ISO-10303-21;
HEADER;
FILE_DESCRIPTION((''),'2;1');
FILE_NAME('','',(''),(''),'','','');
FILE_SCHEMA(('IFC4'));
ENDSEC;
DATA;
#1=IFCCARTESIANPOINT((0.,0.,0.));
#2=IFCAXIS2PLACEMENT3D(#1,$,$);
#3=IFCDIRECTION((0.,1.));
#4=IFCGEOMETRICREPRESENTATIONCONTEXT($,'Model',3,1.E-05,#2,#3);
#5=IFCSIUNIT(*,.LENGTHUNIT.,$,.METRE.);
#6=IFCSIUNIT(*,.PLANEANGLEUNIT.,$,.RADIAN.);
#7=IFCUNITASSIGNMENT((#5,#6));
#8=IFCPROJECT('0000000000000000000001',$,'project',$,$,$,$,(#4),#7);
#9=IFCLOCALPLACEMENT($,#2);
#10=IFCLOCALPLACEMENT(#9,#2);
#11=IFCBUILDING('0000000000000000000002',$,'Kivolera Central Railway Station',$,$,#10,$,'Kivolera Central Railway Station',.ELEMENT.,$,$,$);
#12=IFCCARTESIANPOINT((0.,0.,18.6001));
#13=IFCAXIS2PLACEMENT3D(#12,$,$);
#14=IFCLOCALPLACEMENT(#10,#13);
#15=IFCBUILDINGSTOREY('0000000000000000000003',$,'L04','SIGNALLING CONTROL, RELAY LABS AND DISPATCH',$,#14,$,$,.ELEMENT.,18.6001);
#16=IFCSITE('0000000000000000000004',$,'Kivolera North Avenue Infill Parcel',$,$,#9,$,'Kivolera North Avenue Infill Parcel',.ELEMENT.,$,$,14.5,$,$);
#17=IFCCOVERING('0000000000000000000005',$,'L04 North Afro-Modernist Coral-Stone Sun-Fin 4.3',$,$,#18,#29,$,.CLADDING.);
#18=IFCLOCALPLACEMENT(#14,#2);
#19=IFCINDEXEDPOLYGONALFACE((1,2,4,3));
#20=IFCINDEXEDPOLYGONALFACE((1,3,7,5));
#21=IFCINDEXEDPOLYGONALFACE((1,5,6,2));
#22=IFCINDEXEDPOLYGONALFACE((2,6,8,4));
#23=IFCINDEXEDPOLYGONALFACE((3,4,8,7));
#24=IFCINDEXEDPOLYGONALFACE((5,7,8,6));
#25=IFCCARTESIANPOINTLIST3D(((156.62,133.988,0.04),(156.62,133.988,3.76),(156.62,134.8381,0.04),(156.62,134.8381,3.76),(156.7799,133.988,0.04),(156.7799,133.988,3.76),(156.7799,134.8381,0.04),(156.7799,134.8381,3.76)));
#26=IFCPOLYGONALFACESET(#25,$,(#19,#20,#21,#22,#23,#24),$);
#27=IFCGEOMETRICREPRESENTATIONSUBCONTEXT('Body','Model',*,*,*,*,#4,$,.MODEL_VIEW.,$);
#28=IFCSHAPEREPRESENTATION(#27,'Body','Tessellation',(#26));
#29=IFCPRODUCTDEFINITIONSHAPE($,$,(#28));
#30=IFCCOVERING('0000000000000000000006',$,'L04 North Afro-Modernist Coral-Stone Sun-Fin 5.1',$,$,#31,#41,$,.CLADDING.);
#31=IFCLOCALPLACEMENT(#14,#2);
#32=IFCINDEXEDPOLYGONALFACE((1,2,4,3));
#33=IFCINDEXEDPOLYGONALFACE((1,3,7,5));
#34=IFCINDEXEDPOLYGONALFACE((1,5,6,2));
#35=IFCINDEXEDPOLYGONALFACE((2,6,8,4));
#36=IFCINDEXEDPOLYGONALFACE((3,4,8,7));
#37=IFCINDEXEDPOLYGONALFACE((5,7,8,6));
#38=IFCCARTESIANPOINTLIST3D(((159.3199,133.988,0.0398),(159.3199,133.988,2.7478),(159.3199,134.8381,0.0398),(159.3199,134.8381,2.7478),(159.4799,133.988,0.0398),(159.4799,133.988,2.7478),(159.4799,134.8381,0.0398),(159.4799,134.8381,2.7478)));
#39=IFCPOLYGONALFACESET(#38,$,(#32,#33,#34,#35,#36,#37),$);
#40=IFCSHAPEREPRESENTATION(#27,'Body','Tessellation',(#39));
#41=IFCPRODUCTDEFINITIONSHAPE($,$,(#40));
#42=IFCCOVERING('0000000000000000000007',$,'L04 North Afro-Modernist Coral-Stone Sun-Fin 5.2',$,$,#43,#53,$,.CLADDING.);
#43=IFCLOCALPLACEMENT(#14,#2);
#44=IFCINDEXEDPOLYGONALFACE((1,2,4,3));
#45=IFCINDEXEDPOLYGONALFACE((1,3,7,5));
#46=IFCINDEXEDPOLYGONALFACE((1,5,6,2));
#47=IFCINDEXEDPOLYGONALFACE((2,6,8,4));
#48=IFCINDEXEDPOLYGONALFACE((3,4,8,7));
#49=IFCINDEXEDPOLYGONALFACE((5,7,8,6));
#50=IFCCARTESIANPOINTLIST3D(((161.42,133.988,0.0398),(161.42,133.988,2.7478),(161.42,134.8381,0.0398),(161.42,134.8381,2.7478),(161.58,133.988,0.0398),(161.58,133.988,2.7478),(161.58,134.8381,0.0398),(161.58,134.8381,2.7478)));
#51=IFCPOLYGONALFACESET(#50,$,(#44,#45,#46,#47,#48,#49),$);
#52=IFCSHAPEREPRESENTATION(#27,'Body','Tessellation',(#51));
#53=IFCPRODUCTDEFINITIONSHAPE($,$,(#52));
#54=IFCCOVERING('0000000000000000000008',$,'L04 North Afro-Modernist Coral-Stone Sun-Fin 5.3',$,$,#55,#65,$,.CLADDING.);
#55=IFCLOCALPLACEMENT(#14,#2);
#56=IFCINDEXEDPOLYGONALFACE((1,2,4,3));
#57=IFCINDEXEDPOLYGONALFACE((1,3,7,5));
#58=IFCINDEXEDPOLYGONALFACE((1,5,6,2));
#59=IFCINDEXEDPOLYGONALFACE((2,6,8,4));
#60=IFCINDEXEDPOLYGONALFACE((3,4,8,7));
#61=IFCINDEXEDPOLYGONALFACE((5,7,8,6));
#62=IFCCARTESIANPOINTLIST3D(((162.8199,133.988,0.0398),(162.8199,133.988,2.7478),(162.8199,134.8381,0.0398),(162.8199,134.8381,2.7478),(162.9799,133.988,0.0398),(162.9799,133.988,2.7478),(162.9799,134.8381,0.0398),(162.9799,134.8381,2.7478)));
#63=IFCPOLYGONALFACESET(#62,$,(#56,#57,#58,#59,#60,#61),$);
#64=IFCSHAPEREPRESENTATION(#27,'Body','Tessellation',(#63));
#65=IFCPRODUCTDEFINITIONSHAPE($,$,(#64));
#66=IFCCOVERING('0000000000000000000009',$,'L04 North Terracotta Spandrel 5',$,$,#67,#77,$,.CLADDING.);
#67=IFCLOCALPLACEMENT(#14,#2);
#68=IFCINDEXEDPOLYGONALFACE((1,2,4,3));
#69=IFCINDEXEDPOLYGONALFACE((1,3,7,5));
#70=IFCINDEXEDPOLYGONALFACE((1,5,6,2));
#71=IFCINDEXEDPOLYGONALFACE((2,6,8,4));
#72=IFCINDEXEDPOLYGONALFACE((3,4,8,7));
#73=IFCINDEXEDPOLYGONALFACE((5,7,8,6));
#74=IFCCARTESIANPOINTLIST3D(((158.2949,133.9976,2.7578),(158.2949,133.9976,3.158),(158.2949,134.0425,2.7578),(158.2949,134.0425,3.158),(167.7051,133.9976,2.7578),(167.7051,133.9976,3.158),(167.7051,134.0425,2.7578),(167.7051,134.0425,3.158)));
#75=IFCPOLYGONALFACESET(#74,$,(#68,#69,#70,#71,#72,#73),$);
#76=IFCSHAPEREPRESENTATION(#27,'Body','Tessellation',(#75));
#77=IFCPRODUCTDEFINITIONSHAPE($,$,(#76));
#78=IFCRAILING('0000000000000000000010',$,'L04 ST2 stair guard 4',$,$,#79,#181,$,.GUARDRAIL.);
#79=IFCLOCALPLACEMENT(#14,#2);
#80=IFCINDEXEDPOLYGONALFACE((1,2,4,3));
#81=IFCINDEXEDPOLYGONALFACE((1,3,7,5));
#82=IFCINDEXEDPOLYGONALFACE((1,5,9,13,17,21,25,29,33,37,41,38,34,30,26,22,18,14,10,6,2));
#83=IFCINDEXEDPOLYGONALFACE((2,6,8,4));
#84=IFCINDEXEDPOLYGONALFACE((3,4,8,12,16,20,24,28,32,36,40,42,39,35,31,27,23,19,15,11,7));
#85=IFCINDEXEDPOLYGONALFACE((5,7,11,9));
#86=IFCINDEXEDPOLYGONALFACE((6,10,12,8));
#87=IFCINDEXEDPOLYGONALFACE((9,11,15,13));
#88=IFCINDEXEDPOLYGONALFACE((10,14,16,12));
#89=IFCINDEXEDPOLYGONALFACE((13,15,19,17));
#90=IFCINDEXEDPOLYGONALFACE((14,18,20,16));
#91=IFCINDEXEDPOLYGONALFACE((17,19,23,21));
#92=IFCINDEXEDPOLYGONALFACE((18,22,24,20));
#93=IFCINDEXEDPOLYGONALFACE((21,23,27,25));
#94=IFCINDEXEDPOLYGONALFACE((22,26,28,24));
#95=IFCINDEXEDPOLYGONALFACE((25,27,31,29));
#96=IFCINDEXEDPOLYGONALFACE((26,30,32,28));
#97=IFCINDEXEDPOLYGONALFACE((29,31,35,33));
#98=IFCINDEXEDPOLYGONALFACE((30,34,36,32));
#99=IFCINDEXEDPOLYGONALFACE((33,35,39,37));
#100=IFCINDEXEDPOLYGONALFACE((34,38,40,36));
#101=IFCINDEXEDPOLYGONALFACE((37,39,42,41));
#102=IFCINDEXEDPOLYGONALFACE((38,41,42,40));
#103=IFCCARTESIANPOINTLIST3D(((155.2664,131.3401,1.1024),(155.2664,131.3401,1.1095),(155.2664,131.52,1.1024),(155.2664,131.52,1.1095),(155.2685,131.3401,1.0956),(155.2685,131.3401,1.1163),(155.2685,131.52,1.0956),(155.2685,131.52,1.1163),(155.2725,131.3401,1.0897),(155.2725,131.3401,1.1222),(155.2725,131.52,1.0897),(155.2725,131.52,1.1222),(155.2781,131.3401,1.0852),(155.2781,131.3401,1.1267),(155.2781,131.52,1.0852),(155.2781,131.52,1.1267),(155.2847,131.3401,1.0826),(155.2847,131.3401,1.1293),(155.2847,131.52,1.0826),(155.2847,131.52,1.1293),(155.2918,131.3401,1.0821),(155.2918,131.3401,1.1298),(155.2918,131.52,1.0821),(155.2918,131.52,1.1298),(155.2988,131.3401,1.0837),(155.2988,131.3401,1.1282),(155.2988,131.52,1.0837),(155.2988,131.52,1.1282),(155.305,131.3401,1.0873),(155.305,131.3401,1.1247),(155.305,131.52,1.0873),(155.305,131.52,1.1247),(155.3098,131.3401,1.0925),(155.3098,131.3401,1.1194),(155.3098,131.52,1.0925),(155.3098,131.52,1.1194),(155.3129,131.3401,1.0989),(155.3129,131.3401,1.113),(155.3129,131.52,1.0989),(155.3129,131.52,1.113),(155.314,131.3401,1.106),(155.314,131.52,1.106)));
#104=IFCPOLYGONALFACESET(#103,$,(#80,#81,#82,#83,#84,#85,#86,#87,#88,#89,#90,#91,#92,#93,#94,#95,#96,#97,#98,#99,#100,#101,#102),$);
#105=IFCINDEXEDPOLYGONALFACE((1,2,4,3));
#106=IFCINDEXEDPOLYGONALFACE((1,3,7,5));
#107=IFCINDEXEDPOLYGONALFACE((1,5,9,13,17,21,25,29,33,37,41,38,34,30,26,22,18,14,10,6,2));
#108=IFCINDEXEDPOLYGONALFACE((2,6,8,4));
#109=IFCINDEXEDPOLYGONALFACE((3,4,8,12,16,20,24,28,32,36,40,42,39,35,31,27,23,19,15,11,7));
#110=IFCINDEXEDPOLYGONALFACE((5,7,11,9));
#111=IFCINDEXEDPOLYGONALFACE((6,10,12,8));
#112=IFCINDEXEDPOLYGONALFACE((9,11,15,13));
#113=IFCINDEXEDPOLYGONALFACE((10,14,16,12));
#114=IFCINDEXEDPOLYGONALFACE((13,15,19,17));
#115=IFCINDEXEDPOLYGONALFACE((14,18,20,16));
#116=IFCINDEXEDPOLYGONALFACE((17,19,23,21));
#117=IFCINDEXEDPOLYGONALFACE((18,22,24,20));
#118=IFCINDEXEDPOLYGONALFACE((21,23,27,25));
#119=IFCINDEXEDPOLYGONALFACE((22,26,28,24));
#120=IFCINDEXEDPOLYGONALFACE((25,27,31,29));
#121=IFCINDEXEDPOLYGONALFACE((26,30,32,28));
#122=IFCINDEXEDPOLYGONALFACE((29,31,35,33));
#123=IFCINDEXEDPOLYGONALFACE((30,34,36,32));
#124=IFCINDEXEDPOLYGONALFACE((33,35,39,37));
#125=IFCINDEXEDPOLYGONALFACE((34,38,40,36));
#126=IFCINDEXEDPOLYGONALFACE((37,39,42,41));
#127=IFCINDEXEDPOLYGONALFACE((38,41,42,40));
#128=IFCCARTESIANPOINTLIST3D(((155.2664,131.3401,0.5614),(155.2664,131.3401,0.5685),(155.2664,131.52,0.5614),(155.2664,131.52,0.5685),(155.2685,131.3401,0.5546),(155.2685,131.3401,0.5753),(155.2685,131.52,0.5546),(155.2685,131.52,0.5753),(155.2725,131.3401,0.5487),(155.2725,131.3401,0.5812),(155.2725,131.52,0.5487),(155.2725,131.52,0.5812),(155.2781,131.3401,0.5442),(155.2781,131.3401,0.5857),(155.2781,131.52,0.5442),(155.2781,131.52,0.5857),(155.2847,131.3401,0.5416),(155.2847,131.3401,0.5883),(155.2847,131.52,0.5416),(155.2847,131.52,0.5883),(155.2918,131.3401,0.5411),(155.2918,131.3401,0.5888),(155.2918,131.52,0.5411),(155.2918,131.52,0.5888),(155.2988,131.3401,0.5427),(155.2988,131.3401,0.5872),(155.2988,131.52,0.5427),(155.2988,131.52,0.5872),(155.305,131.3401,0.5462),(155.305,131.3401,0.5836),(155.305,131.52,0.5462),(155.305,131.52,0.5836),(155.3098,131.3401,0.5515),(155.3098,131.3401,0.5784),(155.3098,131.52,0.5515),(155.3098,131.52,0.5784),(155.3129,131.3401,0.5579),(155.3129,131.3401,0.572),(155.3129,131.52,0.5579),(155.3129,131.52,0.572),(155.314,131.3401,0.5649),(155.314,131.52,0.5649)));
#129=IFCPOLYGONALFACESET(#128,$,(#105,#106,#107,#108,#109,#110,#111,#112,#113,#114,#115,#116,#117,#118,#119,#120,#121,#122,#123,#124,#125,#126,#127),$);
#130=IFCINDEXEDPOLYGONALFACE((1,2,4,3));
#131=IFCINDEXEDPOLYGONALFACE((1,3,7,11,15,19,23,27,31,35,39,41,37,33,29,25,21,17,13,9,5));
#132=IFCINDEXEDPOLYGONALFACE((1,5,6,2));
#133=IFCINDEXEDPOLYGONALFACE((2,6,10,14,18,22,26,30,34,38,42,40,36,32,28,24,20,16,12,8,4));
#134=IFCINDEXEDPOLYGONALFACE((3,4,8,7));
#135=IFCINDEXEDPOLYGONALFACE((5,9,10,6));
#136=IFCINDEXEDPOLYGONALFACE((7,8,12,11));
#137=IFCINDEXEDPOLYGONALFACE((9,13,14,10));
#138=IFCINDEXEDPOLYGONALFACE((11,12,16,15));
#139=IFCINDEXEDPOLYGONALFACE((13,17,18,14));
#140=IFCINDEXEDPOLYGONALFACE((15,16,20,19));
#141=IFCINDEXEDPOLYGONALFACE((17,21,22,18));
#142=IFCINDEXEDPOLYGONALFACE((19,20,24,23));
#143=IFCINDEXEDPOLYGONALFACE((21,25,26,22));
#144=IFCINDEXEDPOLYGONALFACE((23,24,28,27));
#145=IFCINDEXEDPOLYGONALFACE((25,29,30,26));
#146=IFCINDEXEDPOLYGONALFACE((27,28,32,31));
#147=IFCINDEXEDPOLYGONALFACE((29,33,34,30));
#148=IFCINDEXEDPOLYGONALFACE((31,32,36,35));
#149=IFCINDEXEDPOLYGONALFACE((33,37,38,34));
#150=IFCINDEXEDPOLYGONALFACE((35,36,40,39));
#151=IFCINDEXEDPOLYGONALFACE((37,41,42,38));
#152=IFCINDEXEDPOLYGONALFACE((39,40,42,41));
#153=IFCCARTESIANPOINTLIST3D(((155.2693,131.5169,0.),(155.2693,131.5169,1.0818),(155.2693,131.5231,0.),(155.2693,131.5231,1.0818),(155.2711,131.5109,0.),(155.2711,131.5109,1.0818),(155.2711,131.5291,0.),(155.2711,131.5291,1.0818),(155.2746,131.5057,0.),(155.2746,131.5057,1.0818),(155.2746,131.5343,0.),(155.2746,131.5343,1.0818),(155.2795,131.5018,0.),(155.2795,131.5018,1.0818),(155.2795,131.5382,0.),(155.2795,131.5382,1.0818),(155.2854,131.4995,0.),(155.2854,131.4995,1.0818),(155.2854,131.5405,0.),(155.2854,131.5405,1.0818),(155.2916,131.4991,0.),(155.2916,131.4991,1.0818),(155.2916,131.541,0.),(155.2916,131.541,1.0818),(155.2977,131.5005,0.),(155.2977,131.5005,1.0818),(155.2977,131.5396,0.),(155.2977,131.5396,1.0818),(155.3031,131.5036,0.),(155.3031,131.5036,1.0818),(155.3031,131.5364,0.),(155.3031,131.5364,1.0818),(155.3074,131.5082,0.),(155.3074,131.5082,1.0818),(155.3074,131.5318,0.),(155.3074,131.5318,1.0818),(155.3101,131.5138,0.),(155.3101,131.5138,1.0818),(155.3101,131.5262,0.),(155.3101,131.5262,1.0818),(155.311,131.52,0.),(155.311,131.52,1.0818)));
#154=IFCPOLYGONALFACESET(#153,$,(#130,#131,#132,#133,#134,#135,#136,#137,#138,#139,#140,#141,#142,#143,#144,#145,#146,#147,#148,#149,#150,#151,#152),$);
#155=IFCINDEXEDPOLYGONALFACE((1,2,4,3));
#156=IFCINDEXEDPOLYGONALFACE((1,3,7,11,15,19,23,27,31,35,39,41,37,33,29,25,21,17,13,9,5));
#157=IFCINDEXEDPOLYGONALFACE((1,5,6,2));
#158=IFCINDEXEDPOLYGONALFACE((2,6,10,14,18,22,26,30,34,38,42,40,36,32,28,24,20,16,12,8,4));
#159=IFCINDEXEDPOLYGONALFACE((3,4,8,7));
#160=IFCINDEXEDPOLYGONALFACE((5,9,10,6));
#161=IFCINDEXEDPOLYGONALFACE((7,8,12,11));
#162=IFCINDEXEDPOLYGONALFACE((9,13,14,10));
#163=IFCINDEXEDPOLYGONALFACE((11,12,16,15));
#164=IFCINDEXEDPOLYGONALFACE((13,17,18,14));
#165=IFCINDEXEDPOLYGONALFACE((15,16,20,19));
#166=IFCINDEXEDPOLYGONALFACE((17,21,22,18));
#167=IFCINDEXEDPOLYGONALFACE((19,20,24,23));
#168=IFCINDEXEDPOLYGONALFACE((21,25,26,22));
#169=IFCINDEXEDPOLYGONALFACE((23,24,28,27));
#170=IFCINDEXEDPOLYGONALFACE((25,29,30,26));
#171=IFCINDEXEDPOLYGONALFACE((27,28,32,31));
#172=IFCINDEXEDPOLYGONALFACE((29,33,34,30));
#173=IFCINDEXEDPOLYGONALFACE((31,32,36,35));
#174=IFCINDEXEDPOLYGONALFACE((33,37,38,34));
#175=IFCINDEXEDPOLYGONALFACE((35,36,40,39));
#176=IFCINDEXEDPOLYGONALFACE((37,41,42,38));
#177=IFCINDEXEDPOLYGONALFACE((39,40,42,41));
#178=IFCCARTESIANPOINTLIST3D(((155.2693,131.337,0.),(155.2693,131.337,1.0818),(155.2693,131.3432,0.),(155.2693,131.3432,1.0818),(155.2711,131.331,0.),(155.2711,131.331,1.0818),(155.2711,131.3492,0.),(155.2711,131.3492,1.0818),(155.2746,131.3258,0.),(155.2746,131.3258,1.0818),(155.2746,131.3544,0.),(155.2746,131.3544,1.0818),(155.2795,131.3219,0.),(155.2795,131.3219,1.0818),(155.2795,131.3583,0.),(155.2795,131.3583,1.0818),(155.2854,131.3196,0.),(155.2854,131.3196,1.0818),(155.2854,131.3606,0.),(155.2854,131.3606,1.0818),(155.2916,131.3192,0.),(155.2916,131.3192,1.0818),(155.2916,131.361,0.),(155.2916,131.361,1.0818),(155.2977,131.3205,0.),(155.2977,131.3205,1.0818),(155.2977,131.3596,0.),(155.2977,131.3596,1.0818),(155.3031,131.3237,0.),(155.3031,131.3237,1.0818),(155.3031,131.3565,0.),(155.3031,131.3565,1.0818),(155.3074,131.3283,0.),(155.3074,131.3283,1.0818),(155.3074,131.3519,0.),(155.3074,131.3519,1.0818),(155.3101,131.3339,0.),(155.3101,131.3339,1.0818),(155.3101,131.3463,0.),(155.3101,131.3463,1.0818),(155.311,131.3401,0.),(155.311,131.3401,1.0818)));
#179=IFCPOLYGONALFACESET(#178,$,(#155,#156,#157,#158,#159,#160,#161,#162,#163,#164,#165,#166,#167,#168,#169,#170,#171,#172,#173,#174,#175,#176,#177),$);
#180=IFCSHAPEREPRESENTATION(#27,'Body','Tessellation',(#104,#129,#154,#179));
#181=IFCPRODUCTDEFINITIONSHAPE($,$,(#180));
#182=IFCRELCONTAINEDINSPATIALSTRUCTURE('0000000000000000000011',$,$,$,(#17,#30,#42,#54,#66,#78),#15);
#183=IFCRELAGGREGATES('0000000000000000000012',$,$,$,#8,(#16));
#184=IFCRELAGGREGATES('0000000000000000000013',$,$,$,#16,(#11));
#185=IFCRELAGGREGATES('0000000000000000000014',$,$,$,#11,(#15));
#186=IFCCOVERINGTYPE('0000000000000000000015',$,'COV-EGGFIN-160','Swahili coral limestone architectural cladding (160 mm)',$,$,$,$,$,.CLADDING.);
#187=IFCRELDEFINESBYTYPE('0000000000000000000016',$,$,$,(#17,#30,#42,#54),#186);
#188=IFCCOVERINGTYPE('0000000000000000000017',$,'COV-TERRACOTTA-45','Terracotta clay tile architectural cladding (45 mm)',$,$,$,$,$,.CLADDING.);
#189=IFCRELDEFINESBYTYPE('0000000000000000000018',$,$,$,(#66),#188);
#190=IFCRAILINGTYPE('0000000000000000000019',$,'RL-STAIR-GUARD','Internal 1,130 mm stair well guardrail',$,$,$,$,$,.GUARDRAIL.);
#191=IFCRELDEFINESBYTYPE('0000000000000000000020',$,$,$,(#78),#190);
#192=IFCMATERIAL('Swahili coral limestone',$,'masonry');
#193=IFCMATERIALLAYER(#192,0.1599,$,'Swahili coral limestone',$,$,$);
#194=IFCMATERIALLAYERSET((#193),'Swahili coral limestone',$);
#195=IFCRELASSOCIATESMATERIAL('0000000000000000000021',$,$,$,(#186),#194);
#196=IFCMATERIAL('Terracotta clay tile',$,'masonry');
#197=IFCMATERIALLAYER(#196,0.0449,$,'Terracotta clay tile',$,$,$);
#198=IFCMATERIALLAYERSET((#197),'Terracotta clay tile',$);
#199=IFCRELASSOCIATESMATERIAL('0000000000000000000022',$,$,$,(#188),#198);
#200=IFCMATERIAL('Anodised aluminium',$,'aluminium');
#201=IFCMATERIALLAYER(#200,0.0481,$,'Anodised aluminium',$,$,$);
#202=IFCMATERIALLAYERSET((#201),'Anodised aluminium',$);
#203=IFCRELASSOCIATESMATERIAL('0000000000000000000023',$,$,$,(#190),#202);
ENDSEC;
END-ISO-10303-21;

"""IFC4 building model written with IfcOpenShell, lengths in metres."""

from ifc_helpers import new_model, si_unit, direction, frame, frame_2d, origin, origin_2d, place, context, subcontext, project, spatial, rectangle, circle, extrude, material, layer, layer_set, type_object, element, save


model = new_model("IFC4")

# Units and contexts
model_context = context("Model", 3, precision=1e-05, world=origin(), true_north=direction((0.0, 1.0)))
body_context = subcontext(model_context, "Body", "Model", "MODEL_VIEW")
ifc_project = project(units=[si_unit("LENGTHUNIT", "METRE"), si_unit("PLANEANGLEUNIT", "RADIAN")], contexts=[model_context])

# Site, building, storey
site_placement = place(None, origin())
site = spatial("IfcSite", under=ifc_project, at=site_placement, Name="Kivolera North Avenue Infill Parcel", LongName="Kivolera North Avenue Infill Parcel", CompositionType="ELEMENT", RefElevation=14.5)
building_placement = place(site_placement, origin())
building = spatial("IfcBuilding", under=site, at=building_placement, Name="Kivolera Central Railway Station", LongName="Kivolera Central Railway Station", CompositionType="ELEMENT")
storey_placement = place(building_placement, frame((0.0, 0.0, 18.6001)))
storey = spatial("IfcBuildingStorey", under=building, at=storey_placement, Name="L04", Description="SIGNALLING CONTROL, RELAY LABS AND DISPATCH", CompositionType="ELEMENT", Elevation=18.6001)

# Shared definitions
ifc_material_1 = material(Name="Anodised aluminium", Category="aluminium")

# Shared definitions
ifc_material_2 = material(Name="Swahili coral limestone", Category="masonry")

# Coverings
ifc_layer_1 = layer(ifc_material_2, 0.1599, Name="Swahili coral limestone")
ifc_layer_set_1 = layer_set([ifc_layer_1], Name="Swahili coral limestone")
covering_type_1 = type_object("IfcCoveringType", Name="COV-EGGFIN-160", Description="Swahili coral limestone architectural cladding (160 mm)", PredefinedType="CLADDING", material=ifc_layer_set_1)
covering_1_placement = place(storey_placement, frame((156.7, 134.4131, 0.04), z_axis=(0.0, 0.0, 1.0), x_axis=(1.0, 0.0, 0.0)))
element("IfcCovering", 1, at=covering_1_placement, inside=storey, type_object=covering_type_1, Name="L04 North Afro-Modernist Coral-Stone Sun-Fin 4.3", PredefinedType="CLADDING", context=body_context, shape_type="SweptSolid", body=[
    extrude(rectangle(XDim=0.1599, YDim=0.8501, at=origin_2d()), origin(), (0.0, 0.0, 1.0), 3.72),
])
for number, where, z_axis, x_axis, name in (
    (2, (159.3999, 134.4131, 0.0398), (0.0, 0.0, 1.0), (1.0, 0.0, 0.0), "L04 North Afro-Modernist Coral-Stone Sun-Fin 5.1"),
    (3, (161.5, 134.4131, 0.0398), (0.0, 0.0, 1.0), (1.0, 0.0, 0.0), "L04 North Afro-Modernist Coral-Stone Sun-Fin 5.2"),
    (4, (162.8999, 134.4131, 0.0398), (0.0, 0.0, 1.0), (1.0, 0.0, 0.0), "L04 North Afro-Modernist Coral-Stone Sun-Fin 5.3"),
):
    element("IfcCovering", number, at=place(storey_placement, frame(where, z_axis=z_axis, x_axis=x_axis)), inside=storey, type_object=covering_type_1, Name=name, PredefinedType="CLADDING", context=body_context, shape_type="SweptSolid", body=[
        extrude(rectangle(XDim=0.1599, YDim=0.8501, at=origin_2d()), origin(), (0.0, 0.0, 1.0), 2.708),
    ])
ifc_material_3 = material(Name="Terracotta clay tile", Category="masonry")
ifc_layer_2 = layer(ifc_material_3, 0.0449, Name="Terracotta clay tile")
ifc_layer_set_2 = layer_set([ifc_layer_2], Name="Terracotta clay tile")
covering_type_2 = type_object("IfcCoveringType", Name="COV-TERRACOTTA-45", Description="Terracotta clay tile architectural cladding (45 mm)", PredefinedType="CLADDING", material=ifc_layer_set_2)
covering_2_placement = place(storey_placement, frame((158.2949, 134.02, 2.7578), z_axis=(0.0, 0.0, 1.0), x_axis=(1.0, 0.0, 0.0)))
element("IfcCovering", 5, at=covering_2_placement, inside=storey, type_object=covering_type_2, Name="L04 North Terracotta Spandrel 5", PredefinedType="CLADDING", context=body_context, shape_type="SweptSolid", body=[
    extrude(rectangle(XDim=9.4102, YDim=0.0449, at=frame_2d((4.7051, 0.0))), origin(), (0.0, 0.0, 1.0), 0.4001),
])

# Railing
ifc_layer_3 = layer(ifc_material_1, 0.0481, Name="Anodised aluminium")
ifc_layer_set_3 = layer_set([ifc_layer_3], Name="Anodised aluminium")
railing_type = type_object("IfcRailingType", Name="RL-STAIR-GUARD", Description="Internal 1,130 mm stair well guardrail", PredefinedType="GUARDRAIL", material=ifc_layer_set_3)
railing_placement = place(storey_placement, frame((155.29, 131.52, 0.0)))
element("IfcRailing", 6, at=railing_placement, inside=storey, type_object=railing_type, Name="L04 ST2 stair guard 4", PredefinedType="GUARDRAIL", context=body_context, shape_type="SweptSolid", body=[
    extrude(circle(Radius=0.0239, at=origin_2d()), frame((0.0, 0.0, 1.106), z_axis=(0.0, -1.0, 0.0), x_axis=(1.0, 0.0, 0.0)), (0.0, 0.0, 1.0), 0.1799),
    extrude(circle(Radius=0.0239, at=origin_2d()), frame((0.0, 0.0, 0.5649), z_axis=(0.0, -1.0, 0.0), x_axis=(1.0, 0.0, 0.0)), (0.0, 0.0, 1.0), 0.1799),
    extrude(circle(Radius=0.021, at=origin_2d()), origin(), (0.0, 0.0, 1.0), 1.0818),
    extrude(circle(Radius=0.021, at=origin_2d()), frame((0.0, -0.1799, 0.0)), (0.0, 0.0, 1.0), 1.0818),
])

save(model, "model.ifc")
